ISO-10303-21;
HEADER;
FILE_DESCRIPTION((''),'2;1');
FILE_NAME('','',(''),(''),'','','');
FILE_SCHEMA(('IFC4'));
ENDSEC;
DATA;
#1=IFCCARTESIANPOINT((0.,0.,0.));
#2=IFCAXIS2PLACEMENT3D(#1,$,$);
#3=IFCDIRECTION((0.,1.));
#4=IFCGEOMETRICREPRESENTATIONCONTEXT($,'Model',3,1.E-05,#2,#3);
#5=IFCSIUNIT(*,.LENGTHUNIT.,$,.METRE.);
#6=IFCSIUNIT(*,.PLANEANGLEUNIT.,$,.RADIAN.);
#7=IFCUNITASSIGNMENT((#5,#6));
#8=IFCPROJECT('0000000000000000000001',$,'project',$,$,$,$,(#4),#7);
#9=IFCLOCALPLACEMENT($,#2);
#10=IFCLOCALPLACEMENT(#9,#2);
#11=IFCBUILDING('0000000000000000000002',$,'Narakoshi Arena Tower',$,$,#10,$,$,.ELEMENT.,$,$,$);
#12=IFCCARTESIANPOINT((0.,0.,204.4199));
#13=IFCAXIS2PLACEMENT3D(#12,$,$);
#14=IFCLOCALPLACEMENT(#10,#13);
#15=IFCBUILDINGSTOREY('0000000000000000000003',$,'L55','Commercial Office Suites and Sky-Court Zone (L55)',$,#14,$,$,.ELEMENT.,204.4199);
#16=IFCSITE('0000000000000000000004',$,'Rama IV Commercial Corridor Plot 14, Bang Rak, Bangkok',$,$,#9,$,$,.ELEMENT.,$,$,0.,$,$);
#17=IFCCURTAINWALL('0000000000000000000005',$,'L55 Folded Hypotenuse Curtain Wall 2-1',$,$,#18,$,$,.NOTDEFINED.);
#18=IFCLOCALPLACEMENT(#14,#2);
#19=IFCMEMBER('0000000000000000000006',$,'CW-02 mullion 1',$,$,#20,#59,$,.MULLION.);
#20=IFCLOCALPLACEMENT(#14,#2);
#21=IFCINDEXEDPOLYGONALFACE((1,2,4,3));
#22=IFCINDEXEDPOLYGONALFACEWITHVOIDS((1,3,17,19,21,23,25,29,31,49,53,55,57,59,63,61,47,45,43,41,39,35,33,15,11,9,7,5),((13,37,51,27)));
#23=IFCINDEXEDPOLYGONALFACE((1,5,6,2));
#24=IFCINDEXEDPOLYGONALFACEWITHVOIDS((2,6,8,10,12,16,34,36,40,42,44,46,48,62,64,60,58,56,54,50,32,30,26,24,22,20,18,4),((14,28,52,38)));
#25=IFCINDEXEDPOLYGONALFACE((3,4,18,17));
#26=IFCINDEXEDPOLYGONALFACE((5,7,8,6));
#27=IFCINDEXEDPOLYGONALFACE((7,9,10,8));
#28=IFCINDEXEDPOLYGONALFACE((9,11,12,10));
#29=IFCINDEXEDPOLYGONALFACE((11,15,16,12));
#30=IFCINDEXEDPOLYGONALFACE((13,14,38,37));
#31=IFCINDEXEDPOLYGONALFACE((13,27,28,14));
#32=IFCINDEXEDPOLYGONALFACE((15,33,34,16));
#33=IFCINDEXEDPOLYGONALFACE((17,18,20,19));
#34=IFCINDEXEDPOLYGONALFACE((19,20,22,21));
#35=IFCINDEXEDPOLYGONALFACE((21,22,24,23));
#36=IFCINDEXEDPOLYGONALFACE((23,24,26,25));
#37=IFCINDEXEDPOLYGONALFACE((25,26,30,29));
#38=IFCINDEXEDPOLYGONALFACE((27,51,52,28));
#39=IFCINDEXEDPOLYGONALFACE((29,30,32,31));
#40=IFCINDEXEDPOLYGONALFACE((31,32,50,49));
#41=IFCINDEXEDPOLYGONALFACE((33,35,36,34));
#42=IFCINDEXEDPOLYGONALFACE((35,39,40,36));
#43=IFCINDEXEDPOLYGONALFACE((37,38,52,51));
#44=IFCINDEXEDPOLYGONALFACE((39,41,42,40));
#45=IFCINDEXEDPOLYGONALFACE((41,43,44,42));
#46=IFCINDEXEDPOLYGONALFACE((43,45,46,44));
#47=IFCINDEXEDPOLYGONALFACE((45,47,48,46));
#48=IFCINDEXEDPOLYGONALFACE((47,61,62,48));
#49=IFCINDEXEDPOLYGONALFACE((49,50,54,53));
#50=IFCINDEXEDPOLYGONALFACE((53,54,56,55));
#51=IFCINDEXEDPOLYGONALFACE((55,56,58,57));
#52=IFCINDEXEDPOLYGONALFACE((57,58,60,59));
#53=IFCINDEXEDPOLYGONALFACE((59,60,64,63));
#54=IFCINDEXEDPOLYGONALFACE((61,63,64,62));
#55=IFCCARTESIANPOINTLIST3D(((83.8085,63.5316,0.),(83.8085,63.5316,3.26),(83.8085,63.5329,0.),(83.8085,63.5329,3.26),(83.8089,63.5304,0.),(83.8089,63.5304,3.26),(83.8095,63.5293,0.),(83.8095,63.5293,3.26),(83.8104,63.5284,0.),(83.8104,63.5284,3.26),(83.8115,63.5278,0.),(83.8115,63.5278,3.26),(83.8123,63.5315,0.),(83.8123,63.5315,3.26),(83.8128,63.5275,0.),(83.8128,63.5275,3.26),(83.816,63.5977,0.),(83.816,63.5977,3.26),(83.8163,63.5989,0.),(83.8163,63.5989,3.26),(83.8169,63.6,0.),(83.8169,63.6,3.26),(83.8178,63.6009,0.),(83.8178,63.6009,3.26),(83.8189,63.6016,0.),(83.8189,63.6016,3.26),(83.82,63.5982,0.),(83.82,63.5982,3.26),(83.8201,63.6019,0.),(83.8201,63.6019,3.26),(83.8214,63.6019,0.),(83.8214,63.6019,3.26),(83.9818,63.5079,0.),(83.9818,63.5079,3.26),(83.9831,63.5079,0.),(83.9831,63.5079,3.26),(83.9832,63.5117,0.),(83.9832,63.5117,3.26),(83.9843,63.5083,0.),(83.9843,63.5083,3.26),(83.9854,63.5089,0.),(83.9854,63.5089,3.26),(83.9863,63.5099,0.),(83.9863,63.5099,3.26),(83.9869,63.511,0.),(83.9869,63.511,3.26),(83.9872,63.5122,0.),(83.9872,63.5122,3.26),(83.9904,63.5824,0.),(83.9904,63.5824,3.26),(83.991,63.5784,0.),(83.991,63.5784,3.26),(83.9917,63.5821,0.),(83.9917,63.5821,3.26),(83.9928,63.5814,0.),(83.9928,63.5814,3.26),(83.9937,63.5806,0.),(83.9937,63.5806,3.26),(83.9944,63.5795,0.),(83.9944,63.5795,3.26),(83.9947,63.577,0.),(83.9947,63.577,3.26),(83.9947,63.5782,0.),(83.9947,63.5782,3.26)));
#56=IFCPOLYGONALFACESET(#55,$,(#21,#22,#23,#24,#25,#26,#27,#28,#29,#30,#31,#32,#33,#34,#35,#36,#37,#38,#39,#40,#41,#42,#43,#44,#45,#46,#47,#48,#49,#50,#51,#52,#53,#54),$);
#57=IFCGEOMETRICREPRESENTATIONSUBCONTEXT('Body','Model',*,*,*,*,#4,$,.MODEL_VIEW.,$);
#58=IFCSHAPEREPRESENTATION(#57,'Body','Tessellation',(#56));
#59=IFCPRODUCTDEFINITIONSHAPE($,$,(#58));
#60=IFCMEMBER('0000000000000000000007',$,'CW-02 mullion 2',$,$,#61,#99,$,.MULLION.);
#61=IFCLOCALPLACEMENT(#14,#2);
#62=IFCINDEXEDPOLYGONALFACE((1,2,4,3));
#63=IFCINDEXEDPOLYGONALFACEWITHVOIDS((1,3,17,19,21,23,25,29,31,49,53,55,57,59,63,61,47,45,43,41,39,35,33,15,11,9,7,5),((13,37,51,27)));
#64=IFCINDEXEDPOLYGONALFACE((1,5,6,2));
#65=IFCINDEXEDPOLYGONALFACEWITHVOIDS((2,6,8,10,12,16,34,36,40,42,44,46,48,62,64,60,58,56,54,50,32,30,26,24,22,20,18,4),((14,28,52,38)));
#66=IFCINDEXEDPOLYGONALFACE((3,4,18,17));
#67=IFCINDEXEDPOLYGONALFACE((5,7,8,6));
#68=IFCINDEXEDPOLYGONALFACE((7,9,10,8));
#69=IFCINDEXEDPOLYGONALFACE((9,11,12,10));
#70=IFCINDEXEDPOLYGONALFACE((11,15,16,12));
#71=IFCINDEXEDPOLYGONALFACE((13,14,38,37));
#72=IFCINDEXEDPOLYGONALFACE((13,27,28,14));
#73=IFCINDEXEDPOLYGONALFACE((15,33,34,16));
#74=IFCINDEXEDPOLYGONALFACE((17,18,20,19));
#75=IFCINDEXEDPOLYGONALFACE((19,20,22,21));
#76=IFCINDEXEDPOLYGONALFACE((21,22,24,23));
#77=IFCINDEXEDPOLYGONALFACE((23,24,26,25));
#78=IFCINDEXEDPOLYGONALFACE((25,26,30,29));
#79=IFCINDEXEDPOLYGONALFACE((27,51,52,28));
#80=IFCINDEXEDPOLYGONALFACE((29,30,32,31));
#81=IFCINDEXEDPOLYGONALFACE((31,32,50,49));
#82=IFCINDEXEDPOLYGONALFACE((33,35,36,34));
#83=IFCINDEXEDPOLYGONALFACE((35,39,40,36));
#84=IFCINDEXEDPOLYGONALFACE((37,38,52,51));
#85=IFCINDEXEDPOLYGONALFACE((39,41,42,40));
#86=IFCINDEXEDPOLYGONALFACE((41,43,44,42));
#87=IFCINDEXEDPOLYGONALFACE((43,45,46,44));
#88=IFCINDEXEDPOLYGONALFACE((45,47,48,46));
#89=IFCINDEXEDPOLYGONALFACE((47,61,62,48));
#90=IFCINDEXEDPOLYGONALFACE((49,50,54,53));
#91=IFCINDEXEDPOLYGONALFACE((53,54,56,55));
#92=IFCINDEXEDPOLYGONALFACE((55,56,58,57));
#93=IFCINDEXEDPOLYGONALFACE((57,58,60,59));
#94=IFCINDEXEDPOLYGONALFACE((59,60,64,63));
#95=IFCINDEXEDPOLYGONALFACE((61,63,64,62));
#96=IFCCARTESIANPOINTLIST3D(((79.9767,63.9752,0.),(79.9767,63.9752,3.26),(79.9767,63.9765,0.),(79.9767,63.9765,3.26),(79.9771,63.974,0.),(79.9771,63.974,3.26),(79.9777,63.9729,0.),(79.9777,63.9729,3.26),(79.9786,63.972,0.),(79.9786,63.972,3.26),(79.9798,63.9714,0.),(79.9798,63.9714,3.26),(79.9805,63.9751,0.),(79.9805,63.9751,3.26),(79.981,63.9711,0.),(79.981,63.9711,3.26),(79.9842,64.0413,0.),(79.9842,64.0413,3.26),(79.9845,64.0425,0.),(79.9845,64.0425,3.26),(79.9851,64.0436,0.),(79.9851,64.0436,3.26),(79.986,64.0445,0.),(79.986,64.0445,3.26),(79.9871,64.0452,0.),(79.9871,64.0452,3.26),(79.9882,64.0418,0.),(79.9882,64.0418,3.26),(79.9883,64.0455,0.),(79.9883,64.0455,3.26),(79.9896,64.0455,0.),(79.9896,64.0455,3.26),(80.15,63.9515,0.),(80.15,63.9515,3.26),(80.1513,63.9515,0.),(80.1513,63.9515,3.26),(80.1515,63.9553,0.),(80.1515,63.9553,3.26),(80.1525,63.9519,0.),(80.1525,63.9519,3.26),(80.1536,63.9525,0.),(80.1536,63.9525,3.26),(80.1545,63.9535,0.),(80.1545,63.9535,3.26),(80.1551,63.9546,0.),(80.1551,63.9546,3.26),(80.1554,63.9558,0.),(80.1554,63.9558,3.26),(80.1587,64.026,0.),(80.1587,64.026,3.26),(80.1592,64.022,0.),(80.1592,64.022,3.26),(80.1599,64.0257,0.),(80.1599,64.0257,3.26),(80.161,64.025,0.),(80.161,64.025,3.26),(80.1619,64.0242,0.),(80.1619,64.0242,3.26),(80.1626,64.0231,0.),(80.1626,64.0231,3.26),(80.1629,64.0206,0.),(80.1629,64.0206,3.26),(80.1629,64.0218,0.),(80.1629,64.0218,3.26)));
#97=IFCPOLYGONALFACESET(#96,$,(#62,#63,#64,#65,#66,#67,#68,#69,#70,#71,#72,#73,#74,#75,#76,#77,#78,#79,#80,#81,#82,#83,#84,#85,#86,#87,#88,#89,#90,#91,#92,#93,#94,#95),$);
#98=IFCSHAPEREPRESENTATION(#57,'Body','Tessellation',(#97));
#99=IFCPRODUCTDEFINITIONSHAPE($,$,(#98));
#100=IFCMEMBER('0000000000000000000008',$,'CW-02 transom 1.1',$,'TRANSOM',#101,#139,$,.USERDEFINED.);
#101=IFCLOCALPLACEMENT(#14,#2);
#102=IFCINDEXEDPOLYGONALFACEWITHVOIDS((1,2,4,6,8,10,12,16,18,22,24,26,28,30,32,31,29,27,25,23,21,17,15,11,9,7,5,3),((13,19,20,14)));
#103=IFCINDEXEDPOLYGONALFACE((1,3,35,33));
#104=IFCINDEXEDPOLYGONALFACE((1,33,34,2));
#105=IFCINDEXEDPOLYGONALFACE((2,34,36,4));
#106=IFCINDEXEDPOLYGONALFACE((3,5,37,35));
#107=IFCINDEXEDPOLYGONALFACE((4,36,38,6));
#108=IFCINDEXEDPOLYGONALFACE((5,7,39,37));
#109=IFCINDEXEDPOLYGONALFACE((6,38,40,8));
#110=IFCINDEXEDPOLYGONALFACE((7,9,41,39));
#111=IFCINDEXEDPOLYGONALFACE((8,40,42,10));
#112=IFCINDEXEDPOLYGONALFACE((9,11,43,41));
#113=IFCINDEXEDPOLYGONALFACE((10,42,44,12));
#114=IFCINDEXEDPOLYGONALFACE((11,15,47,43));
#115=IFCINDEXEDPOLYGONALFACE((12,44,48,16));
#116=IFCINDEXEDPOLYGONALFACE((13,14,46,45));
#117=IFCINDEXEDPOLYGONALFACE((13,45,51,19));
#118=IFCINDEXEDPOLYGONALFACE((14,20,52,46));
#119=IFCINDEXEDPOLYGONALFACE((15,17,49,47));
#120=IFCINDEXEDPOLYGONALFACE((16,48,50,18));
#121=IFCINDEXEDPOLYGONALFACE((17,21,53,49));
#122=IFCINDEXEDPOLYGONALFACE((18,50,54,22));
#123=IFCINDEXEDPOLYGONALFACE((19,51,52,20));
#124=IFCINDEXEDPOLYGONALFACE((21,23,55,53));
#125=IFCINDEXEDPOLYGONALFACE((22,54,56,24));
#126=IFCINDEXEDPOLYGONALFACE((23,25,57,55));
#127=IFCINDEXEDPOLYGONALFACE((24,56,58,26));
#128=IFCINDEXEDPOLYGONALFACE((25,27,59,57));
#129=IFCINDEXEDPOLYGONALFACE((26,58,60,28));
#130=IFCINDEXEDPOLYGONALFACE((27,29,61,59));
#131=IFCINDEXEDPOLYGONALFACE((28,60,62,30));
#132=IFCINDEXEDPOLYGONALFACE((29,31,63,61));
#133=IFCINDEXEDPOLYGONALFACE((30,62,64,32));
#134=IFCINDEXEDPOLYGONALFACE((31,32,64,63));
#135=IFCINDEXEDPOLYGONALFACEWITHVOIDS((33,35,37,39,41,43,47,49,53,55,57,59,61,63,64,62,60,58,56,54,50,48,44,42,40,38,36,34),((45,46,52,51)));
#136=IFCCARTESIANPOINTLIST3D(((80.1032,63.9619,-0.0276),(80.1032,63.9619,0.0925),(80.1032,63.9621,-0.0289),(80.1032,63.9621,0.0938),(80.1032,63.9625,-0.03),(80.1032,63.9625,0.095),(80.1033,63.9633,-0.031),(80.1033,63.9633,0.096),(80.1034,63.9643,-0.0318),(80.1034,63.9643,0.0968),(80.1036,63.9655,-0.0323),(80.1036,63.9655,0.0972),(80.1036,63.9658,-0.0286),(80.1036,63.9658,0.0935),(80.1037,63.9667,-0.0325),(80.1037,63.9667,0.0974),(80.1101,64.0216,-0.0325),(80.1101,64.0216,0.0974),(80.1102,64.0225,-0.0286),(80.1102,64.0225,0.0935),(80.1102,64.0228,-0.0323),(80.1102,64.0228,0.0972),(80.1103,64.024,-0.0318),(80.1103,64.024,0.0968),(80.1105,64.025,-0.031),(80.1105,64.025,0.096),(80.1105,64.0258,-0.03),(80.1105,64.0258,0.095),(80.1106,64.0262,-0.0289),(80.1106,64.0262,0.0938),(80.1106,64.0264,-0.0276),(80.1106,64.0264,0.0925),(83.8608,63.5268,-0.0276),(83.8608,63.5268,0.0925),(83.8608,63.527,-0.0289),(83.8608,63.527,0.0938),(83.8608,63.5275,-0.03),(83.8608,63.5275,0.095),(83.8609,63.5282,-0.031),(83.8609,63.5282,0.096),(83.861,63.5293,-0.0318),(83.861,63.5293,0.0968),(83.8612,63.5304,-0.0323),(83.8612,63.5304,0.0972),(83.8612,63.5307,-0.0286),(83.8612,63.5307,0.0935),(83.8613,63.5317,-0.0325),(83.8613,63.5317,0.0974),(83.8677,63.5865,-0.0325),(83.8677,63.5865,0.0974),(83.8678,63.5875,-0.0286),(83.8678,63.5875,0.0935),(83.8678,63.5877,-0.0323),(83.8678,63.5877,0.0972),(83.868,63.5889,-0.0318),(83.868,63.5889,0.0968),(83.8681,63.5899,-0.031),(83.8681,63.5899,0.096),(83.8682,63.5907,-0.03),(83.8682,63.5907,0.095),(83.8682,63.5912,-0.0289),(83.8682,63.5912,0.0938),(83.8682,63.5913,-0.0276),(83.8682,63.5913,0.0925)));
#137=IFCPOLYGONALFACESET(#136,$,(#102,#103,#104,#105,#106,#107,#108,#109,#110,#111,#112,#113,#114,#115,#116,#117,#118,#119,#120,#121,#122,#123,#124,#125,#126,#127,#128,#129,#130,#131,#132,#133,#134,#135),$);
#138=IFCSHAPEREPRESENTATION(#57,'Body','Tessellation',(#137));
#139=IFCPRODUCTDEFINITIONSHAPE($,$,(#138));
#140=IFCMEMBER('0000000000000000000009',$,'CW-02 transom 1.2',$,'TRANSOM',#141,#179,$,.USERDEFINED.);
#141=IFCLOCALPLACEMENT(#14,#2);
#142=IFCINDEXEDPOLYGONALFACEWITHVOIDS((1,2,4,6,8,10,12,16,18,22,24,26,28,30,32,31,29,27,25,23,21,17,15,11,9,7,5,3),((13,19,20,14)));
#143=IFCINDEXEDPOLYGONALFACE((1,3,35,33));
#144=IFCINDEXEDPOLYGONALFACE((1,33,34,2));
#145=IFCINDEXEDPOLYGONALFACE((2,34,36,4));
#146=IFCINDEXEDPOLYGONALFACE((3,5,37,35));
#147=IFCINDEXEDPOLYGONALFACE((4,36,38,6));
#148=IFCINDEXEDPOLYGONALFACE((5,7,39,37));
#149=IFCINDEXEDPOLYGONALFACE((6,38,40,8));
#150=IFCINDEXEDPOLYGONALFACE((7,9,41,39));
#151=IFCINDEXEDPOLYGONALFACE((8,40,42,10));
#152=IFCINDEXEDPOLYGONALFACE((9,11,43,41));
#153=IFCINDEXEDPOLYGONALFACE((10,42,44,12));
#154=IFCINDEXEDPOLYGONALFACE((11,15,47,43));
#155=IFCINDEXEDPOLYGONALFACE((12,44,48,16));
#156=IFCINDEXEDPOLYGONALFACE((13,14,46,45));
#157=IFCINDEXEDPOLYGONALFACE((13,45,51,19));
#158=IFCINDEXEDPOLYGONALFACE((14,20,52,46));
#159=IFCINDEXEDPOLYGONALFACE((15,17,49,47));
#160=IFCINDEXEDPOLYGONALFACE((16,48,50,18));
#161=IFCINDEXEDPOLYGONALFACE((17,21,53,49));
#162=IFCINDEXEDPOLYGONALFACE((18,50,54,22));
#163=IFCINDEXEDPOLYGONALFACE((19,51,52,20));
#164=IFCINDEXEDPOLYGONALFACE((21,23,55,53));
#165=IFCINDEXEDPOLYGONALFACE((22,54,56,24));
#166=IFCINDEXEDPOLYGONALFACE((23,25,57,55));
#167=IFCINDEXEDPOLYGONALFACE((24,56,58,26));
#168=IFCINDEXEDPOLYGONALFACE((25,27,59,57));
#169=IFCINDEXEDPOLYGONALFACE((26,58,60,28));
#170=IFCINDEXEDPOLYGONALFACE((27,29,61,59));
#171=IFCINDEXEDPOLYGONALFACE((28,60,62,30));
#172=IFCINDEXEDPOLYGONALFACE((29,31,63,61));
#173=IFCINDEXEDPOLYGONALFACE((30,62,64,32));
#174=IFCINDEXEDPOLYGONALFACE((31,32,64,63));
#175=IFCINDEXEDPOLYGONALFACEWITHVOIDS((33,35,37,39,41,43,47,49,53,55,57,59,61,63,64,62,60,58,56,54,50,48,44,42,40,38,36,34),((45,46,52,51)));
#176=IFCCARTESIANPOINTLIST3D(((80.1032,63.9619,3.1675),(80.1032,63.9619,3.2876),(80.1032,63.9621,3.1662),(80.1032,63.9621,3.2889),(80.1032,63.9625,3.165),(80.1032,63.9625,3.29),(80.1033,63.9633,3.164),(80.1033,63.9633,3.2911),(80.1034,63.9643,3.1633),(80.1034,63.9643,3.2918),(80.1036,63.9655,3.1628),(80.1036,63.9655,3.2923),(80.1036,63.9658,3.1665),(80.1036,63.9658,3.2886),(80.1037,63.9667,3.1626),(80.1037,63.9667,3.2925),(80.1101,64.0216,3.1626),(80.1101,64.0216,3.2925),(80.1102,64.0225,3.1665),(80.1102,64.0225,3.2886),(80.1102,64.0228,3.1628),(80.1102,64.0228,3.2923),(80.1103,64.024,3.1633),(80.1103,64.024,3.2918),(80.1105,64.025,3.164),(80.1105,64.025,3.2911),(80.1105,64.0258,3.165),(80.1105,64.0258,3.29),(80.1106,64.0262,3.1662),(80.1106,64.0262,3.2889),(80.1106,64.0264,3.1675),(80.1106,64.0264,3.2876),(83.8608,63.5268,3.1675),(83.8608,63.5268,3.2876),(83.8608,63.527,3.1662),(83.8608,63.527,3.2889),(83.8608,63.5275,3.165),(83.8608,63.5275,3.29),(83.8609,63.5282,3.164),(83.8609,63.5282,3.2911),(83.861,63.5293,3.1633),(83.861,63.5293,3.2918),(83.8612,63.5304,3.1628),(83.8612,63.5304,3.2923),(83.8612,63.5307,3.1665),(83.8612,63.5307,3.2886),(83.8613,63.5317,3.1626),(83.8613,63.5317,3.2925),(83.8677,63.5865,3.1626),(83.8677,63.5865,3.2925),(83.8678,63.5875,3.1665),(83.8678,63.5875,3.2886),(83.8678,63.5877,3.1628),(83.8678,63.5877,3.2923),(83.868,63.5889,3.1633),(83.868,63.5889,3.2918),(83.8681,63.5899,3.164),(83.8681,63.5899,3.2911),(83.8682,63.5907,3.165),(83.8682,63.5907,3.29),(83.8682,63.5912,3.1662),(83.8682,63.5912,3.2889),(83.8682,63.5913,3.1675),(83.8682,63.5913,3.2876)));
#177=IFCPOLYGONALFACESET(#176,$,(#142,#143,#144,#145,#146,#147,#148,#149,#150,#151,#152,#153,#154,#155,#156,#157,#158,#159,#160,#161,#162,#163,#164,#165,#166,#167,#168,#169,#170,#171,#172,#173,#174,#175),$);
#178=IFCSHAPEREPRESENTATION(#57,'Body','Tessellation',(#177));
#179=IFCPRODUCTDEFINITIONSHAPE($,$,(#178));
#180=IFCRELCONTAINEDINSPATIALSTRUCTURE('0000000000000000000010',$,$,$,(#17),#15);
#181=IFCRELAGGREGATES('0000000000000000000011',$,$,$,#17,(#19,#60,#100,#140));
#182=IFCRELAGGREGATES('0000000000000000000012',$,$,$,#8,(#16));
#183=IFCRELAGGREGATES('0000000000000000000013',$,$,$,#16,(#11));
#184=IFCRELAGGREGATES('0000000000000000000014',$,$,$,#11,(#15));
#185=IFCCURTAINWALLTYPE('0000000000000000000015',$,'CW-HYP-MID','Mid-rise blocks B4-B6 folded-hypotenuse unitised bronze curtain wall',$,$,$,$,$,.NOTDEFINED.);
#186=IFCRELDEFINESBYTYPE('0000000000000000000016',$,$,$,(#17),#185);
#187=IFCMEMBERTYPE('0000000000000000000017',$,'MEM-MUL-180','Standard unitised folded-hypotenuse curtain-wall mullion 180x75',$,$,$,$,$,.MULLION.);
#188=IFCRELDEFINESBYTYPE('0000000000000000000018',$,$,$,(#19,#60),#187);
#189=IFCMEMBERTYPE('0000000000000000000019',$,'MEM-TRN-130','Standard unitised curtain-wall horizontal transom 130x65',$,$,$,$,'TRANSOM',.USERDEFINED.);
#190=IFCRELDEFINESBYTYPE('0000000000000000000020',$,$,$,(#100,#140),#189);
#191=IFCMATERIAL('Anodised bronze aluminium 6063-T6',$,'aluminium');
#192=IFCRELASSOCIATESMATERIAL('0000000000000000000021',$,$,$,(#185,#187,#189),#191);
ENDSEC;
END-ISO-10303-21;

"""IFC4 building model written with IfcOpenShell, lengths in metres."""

from ifc_helpers import new_model, si_unit, direction, frame, origin, origin_2d, place, context, subcontext, project, spatial, hollow_rectangle, extrude, material, material_profile, profile_set, type_object, element, aggregate, save


model = new_model("IFC4")

# Units and contexts
model_context = context("Model", 3, precision=1e-05, world=origin(), true_north=direction((0.0, 1.0)))
body_context = subcontext(model_context, "Body", "Model", "MODEL_VIEW")
ifc_project = project(units=[si_unit("LENGTHUNIT", "METRE"), si_unit("PLANEANGLEUNIT", "RADIAN")], contexts=[model_context])

# Site, building, storey
site_placement = place(None, origin())
site = spatial("IfcSite", under=ifc_project, at=site_placement, Name="Rama IV Commercial Corridor Plot 14, Bang Rak, Bangkok", CompositionType="ELEMENT", RefElevation=0.0)
building_placement = place(site_placement, origin())
building = spatial("IfcBuilding", under=site, at=building_placement, Name="Narakoshi Arena Tower", CompositionType="ELEMENT")
storey_placement = place(building_placement, frame((0.0, 0.0, 204.4199)))
storey = spatial("IfcBuildingStorey", under=building, at=storey_placement, Name="L55", Description="Commercial Office Suites and Sky-Court Zone (L55)", CompositionType="ELEMENT", Elevation=204.4199)

# Curtain wall, members
ifc_material_1 = material(Name="Anodised bronze aluminium 6063-T6", Category="aluminium")
curtain_wall_type = type_object("IfcCurtainWallType", Name="CW-HYP-MID", Description="Mid-rise blocks B4-B6 folded-hypotenuse unitised bronze curtain wall", PredefinedType="NOTDEFINED", material=ifc_material_1)
curtain_wall_placement = place(storey_placement, origin())
curtain_wall = element("IfcCurtainWall", 1, at=curtain_wall_placement, inside=storey, type_object=curtain_wall_type, Name="L55 Folded Hypotenuse Curtain Wall 2-1", PredefinedType="NOTDEFINED")
ifc_material_profile_1 = material_profile(ifc_material_1, hollow_rectangle(XDim=0.075, YDim=0.1799, WallThickness=0.0039, OuterFilletRadius=0.0049, at=origin_2d()), Name="MUL180x75x4")
ifc_profile_set_1 = profile_set([ifc_material_profile_1], Name="Anodised bronze aluminium 6063-T6")
member_type_1 = type_object("IfcMemberType", Name="MEM-MUL-180", Description="Standard unitised folded-hypotenuse curtain-wall mullion 180x75", PredefinedType="MULLION", material=ifc_profile_set_1)
member_1_placement = place(storey_placement, frame((83.9016, 63.5549, 0.0), z_axis=(0.0, 0.0, 1.0), x_axis=(-0.115011, -0.993364, 0.0)))
member_1 = element("IfcMember", 2, at=member_1_placement, type_object=member_type_1, Name="CW-02 mullion 1", PredefinedType="MULLION", context=body_context, shape_type="SweptSolid", body=[
    extrude(hollow_rectangle(XDim=0.075, YDim=0.1799, WallThickness=0.0039, OuterFilletRadius=0.0049, at=origin_2d()), origin(), (0.0, 0.0, 1.0), 3.26),
])
member_2_placement = place(storey_placement, frame((80.0698, 63.9985, 0.0), z_axis=(0.0, 0.0, 1.0), x_axis=(-0.115011, -0.993364, 0.0)))
member_2 = element("IfcMember", 3, at=member_2_placement, type_object=member_type_1, Name="CW-02 mullion 2", PredefinedType="MULLION", context=body_context, shape_type="SweptSolid", body=[
    extrude(hollow_rectangle(XDim=0.075, YDim=0.1799, WallThickness=0.0039, OuterFilletRadius=0.0049, at=origin_2d()), origin(), (0.0, 0.0, 1.0), 3.26),
])
ifc_material_profile_2 = material_profile(ifc_material_1, hollow_rectangle(XDim=0.0649, YDim=0.1299, WallThickness=0.0039, OuterFilletRadius=0.0049, at=origin_2d()), Name="TRN130x65x4")
ifc_profile_set_2 = profile_set([ifc_material_profile_2], Name="Anodised bronze aluminium 6063-T6")
member_type_2 = type_object("IfcMemberType", Name="MEM-TRN-130", Description="Standard unitised curtain-wall horizontal transom 130x65", ElementType="TRANSOM", PredefinedType="USERDEFINED", material=ifc_profile_set_2)
member_3_placement = place(storey_placement, frame((83.8645, 63.5591, 0.0325), z_axis=(-0.993364, 0.115014, 0.0), x_axis=(-0.115014, -0.993364, 0.0)))
member_3 = element("IfcMember", 4, at=member_3_placement, type_object=member_type_2, Name="CW-02 transom 1.1", ObjectType="TRANSOM", PredefinedType="USERDEFINED", context=body_context, shape_type="SweptSolid", body=[
    extrude(hollow_rectangle(XDim=0.0649, YDim=0.1299, WallThickness=0.0039, OuterFilletRadius=0.0049, at=origin_2d()), origin(), (0.0, 0.0, 1.0), 3.7827),
])
member_4_placement = place(storey_placement, frame((83.8645, 63.5591, 3.2275), z_axis=(-0.993364, 0.115014, 0.0), x_axis=(-0.115014, -0.993364, 0.0)))
member_4 = element("IfcMember", 5, at=member_4_placement, type_object=member_type_2, Name="CW-02 transom 1.2", ObjectType="TRANSOM", PredefinedType="USERDEFINED", context=body_context, shape_type="SweptSolid", body=[
    extrude(hollow_rectangle(XDim=0.0649, YDim=0.1299, WallThickness=0.0039, OuterFilletRadius=0.0049, at=origin_2d()), origin(), (0.0, 0.0, 1.0), 3.7827),
])
aggregate(curtain_wall, [member_1, member_2, member_3, member_4])

save(model, "model.ifc")
